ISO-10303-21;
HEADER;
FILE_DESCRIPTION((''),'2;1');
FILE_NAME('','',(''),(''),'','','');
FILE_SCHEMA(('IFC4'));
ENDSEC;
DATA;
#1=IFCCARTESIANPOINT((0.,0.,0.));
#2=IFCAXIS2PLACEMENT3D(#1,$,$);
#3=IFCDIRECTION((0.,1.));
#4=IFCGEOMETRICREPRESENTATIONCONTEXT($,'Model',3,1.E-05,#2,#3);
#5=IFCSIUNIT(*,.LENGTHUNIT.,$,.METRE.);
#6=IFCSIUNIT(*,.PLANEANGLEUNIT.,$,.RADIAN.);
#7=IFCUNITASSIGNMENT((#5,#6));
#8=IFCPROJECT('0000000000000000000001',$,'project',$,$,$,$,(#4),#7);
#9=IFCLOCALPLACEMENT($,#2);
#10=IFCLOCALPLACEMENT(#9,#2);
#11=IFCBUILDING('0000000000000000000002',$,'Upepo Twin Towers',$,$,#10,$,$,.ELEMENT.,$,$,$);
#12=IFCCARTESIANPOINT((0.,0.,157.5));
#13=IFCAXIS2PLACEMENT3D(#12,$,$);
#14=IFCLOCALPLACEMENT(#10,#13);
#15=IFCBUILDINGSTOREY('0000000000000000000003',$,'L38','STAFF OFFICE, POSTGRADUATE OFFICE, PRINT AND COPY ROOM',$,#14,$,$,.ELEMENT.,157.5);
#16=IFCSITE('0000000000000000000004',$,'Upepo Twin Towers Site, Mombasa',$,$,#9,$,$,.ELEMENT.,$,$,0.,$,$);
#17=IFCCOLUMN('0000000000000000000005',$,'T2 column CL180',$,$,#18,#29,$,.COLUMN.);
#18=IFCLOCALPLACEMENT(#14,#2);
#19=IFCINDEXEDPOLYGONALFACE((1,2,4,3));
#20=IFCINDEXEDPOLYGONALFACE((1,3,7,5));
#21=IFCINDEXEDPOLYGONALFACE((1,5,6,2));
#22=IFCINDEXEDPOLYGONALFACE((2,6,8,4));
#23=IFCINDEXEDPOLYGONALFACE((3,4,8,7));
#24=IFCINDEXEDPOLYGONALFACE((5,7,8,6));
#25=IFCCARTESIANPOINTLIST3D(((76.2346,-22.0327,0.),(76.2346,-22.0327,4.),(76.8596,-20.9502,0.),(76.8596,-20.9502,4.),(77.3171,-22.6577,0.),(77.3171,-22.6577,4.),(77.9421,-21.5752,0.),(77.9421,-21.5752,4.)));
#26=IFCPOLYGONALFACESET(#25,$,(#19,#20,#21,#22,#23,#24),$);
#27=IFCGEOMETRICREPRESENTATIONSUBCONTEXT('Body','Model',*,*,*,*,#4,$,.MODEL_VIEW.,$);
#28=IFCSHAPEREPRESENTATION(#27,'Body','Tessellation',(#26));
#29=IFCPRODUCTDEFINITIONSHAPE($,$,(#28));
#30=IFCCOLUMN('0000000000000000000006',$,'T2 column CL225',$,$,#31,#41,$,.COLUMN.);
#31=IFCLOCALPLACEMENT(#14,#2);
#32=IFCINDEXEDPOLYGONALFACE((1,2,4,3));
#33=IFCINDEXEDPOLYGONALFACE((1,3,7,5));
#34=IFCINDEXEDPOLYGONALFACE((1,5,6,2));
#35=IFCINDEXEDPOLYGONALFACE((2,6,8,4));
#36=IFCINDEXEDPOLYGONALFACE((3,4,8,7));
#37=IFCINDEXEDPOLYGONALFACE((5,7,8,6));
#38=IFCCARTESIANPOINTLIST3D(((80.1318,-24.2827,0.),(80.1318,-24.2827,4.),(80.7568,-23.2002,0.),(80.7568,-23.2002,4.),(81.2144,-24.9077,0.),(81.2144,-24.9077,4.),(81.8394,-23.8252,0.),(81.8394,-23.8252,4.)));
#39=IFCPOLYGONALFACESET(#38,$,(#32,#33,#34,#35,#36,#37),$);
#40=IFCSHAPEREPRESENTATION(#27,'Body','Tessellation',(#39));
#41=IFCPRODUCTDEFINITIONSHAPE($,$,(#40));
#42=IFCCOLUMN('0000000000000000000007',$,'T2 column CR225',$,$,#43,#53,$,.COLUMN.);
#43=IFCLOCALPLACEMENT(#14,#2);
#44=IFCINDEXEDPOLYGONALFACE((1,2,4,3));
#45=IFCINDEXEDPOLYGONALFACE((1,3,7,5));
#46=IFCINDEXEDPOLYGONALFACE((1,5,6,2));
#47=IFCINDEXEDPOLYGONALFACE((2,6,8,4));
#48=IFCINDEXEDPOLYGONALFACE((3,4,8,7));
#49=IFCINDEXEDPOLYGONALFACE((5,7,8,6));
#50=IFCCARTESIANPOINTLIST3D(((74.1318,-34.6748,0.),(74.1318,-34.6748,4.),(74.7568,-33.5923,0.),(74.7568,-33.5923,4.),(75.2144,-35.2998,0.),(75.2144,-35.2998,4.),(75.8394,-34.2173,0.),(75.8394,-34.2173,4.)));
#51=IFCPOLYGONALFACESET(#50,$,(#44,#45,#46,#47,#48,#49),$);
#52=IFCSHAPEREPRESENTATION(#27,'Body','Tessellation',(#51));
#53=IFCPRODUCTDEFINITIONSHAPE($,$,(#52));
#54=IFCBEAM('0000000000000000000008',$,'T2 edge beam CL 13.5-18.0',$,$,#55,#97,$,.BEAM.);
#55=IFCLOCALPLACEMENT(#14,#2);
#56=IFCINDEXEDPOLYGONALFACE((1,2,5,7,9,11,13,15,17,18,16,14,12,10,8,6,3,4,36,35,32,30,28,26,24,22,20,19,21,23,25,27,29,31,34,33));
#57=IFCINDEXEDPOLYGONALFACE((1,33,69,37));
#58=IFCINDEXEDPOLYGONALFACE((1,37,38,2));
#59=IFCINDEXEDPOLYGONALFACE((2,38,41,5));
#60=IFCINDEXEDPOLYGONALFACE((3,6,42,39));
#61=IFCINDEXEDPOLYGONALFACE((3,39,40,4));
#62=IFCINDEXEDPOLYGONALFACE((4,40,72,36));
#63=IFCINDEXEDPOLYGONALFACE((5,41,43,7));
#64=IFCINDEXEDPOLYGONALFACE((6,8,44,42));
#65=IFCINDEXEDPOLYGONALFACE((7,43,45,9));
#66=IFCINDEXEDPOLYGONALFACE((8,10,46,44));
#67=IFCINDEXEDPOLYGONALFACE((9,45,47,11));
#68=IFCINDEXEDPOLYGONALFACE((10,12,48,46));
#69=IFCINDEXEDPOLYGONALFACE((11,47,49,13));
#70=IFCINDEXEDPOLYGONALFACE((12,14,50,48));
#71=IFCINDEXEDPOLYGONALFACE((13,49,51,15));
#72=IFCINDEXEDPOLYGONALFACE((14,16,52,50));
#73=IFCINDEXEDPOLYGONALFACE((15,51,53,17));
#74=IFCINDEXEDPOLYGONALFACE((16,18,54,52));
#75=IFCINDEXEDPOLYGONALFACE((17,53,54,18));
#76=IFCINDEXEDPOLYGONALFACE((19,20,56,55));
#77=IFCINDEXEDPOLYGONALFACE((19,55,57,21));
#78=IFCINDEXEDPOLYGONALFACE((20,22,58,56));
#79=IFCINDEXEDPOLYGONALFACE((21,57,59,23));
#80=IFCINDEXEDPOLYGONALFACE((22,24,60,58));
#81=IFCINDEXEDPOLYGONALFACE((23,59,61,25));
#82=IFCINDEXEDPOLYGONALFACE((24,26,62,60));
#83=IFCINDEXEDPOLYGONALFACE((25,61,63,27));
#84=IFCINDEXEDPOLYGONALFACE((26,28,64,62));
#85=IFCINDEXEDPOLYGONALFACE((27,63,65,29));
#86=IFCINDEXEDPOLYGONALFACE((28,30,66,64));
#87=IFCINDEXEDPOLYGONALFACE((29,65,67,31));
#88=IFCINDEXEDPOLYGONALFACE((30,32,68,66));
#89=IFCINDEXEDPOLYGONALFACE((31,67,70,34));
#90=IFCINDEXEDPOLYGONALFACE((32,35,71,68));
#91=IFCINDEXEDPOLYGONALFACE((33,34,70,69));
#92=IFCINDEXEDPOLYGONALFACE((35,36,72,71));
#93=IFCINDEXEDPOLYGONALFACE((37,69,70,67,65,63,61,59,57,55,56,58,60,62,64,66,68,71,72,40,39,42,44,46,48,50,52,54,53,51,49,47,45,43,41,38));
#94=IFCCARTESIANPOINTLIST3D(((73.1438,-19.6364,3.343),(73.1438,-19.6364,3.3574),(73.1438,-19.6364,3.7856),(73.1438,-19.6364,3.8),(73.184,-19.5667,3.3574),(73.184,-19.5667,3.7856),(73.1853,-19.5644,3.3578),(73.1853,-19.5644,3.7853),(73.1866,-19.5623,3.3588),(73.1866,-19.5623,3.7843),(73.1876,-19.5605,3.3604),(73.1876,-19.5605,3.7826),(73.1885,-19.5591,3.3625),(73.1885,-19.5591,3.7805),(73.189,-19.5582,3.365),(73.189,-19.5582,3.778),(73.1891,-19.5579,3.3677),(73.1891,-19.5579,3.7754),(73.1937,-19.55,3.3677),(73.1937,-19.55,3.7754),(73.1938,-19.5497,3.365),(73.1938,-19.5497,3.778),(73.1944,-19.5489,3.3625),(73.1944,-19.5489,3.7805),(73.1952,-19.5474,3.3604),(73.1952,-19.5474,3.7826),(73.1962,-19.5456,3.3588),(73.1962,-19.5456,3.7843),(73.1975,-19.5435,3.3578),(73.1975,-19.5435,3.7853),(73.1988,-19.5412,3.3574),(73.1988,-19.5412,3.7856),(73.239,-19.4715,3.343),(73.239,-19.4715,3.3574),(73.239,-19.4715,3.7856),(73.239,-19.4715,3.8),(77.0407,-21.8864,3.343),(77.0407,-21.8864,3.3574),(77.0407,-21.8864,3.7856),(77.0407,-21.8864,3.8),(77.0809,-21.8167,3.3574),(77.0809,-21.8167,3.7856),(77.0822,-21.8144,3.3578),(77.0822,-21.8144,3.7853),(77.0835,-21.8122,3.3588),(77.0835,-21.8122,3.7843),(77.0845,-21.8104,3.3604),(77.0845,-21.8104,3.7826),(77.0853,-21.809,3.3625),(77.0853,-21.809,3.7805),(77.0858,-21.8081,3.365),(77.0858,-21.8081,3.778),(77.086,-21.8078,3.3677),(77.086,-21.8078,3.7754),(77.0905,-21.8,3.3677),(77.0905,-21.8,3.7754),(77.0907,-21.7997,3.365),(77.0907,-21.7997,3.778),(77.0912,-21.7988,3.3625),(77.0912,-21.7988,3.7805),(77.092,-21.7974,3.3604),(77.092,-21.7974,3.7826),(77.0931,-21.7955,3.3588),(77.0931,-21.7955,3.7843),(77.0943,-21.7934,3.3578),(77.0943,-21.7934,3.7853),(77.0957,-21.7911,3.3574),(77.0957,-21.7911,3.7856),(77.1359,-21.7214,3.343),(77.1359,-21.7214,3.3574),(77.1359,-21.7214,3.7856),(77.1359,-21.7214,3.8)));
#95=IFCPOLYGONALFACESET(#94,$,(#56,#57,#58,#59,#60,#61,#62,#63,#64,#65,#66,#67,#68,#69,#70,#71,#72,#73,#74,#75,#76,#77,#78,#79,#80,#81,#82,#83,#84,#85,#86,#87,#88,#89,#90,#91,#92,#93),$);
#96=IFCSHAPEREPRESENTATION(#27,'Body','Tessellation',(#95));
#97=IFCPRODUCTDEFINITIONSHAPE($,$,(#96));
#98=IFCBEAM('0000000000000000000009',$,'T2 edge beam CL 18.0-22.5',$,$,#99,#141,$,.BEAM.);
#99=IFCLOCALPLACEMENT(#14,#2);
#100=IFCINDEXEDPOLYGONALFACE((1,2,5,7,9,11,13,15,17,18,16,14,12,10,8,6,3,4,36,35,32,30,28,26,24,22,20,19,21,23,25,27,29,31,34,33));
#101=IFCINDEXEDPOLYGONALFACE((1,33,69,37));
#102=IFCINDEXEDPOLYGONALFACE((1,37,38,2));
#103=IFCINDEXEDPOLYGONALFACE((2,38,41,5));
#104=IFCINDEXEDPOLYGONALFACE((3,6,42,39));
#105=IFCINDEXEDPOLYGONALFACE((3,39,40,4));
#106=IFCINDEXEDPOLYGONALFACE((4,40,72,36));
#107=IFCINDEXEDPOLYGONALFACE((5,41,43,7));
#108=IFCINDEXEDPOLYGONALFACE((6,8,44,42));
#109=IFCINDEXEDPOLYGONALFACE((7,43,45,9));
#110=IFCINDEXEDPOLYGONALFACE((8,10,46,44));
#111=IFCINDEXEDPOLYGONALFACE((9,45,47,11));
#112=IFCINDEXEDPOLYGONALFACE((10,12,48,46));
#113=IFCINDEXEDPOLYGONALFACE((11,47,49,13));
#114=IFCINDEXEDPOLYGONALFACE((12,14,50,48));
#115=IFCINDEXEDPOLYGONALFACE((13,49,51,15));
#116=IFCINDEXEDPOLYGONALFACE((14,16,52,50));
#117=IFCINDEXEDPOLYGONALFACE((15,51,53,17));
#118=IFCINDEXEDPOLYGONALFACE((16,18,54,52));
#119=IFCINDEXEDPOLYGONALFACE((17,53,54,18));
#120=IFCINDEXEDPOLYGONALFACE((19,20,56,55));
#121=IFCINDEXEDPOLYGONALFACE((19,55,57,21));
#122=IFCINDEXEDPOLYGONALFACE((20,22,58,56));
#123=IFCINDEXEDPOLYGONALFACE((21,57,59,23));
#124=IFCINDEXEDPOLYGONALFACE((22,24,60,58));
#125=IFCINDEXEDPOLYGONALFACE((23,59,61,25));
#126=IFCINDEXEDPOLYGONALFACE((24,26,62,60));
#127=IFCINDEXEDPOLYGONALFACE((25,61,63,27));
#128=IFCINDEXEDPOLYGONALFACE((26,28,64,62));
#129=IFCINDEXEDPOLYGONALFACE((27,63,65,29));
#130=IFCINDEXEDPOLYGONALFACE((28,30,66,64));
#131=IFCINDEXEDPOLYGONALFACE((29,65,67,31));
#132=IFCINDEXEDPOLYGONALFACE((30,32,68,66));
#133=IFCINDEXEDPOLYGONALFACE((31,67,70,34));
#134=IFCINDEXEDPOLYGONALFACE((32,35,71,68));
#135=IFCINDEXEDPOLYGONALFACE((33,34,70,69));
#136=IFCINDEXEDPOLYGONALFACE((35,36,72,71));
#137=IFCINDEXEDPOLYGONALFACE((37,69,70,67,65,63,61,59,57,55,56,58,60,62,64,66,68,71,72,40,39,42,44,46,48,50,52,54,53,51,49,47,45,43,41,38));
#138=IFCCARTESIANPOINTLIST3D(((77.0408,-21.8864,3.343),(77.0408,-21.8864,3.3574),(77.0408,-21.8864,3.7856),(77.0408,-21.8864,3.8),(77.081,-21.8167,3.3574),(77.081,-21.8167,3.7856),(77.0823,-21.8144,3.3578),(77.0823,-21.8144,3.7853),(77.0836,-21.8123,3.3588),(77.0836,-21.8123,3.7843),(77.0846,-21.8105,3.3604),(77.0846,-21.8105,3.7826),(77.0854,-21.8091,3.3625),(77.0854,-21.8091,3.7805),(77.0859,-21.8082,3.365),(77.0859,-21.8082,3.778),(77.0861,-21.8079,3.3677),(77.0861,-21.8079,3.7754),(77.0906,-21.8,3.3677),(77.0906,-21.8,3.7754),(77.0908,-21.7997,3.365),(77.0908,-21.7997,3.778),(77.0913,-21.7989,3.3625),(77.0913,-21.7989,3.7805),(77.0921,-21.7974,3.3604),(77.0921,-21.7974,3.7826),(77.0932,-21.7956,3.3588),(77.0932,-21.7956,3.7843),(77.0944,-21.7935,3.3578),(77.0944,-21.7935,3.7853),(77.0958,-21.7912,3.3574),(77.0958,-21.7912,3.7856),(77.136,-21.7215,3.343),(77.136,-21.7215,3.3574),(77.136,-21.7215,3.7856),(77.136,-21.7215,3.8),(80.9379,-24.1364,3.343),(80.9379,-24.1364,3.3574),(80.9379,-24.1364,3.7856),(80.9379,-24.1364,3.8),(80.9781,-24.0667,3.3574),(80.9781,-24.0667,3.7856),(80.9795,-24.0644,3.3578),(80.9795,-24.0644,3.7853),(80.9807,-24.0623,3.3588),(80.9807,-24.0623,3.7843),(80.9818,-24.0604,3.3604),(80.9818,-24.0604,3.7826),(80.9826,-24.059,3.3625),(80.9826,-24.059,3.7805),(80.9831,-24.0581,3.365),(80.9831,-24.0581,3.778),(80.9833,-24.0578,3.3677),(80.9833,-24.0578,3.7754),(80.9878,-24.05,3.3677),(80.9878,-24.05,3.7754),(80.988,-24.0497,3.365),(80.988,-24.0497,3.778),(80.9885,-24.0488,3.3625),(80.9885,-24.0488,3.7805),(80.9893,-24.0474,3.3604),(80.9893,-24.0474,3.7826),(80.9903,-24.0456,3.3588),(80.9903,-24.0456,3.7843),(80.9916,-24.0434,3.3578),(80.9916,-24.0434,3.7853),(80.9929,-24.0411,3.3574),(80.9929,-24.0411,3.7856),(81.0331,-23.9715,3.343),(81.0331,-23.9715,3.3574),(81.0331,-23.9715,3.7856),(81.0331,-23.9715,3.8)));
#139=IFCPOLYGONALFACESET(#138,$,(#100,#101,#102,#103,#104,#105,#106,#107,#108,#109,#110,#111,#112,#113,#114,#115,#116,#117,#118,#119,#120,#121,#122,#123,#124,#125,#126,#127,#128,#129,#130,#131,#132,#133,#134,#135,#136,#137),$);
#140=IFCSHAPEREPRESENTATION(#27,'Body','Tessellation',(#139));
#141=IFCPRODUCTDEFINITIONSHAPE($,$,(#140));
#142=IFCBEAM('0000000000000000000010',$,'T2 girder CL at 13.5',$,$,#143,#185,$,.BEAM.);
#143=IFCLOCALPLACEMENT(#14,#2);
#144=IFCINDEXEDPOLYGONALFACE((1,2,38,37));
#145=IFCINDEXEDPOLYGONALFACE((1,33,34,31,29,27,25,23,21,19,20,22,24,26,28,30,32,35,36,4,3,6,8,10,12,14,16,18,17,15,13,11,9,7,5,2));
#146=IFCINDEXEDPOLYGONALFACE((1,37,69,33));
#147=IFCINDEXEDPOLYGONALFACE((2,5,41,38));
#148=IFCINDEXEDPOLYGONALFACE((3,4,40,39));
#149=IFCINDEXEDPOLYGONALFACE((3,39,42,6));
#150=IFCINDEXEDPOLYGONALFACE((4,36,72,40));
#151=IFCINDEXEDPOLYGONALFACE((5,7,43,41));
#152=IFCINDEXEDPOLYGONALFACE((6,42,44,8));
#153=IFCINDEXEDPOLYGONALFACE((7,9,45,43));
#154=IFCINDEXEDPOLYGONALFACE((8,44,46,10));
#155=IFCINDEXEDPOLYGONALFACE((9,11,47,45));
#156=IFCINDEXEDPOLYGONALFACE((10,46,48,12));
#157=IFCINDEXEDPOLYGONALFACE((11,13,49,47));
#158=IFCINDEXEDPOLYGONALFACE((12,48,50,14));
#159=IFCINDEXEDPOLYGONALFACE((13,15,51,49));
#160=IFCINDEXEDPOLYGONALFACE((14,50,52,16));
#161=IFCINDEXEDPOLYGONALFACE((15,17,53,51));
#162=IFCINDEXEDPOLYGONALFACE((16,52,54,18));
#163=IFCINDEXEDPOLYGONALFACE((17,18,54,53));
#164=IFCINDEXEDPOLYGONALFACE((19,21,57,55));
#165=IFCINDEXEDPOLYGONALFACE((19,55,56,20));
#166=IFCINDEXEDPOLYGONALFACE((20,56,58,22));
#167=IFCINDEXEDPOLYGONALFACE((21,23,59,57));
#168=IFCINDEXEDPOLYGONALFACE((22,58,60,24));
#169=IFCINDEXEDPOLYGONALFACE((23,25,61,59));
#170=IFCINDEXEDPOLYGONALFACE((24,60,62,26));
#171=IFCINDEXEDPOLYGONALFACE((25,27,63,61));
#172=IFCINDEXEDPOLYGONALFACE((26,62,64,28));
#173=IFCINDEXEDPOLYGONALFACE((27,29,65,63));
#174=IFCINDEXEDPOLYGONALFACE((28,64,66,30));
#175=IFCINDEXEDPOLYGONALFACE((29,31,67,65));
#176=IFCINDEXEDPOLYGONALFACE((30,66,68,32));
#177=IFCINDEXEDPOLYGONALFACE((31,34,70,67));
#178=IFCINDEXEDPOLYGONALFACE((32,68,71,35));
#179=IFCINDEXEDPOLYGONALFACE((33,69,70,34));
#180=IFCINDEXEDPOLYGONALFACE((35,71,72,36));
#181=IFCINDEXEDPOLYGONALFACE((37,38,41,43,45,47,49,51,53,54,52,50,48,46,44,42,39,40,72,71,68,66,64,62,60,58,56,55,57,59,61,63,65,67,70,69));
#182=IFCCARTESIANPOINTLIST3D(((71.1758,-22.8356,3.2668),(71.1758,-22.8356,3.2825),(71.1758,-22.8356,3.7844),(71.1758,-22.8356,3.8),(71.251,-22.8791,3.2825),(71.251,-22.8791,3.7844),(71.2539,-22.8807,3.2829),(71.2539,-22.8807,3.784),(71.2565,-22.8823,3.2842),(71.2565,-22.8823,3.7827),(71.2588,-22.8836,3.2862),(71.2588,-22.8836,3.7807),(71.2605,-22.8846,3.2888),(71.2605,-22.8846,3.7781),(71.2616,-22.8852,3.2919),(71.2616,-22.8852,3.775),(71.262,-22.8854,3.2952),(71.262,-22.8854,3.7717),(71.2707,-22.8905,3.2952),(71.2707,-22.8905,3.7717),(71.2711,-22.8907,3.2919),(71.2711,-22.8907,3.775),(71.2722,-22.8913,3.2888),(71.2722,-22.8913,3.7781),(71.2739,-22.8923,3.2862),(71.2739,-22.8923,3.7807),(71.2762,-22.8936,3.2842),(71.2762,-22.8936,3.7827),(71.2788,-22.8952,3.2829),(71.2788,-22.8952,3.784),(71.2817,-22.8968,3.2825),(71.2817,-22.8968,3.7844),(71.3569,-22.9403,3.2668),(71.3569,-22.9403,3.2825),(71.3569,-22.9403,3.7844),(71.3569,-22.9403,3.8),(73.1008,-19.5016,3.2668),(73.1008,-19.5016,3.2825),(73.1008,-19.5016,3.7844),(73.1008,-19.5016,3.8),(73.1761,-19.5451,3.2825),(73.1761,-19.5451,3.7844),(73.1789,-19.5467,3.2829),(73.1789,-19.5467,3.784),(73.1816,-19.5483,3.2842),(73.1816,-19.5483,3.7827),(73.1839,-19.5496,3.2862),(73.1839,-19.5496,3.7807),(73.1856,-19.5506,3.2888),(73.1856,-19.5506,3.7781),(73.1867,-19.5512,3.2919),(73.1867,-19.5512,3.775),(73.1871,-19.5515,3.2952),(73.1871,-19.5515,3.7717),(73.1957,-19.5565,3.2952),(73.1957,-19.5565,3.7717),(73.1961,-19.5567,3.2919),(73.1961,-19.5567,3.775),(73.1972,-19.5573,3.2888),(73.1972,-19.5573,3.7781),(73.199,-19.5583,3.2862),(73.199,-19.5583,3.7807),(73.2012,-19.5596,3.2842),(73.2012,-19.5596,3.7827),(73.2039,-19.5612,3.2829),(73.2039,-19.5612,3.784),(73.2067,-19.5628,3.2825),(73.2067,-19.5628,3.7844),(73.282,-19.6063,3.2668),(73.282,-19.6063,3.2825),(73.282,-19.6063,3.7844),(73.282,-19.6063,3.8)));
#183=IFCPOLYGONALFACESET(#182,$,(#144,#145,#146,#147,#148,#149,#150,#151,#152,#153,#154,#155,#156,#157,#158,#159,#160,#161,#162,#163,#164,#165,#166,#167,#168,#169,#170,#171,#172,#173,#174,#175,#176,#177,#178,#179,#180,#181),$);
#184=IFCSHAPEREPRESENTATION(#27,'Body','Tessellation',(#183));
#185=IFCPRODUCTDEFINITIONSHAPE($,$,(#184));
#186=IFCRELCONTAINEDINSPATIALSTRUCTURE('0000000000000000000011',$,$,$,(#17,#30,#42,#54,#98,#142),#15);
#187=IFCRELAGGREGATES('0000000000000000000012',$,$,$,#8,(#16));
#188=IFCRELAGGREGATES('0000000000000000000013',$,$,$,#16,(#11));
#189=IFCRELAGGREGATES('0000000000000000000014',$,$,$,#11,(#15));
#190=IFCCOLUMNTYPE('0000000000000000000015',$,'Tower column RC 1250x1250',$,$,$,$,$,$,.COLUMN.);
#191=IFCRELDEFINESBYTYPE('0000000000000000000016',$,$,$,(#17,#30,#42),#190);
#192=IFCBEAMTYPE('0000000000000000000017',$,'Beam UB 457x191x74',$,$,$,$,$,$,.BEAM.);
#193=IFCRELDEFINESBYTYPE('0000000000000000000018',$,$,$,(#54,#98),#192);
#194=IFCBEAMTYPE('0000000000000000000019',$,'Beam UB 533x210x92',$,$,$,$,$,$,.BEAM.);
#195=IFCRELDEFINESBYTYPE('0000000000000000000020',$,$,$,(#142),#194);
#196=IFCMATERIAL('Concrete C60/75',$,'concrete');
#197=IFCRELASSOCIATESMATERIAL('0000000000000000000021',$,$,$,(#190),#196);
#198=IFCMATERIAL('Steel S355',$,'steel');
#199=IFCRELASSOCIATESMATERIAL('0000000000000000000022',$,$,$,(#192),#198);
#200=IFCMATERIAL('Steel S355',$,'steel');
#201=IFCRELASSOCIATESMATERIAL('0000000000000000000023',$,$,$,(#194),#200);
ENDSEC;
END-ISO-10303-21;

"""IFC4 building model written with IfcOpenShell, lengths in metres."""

from ifc_helpers import new_model, si_unit, direction, frame, origin, origin_2d, place, context, subcontext, project, spatial, rectangle, i_section, extrude, material, material_profile, profile_set, type_object, element, save


model = new_model("IFC4")

# Units and contexts
model_context = context("Model", 3, precision=1e-05, world=origin(), true_north=direction((0.0, 1.0)))
body_context = subcontext(model_context, "Body", "Model", "MODEL_VIEW")
ifc_project = project(units=[si_unit("LENGTHUNIT", "METRE"), si_unit("PLANEANGLEUNIT", "RADIAN")], contexts=[model_context])

# Site, building, storey
site_placement = place(None, origin())
site = spatial("IfcSite", under=ifc_project, at=site_placement, Name="Upepo Twin Towers Site, Mombasa", CompositionType="ELEMENT", RefElevation=0.0)
building_placement = place(site_placement, origin())
building = spatial("IfcBuilding", under=site, at=building_placement, Name="Upepo Twin Towers", CompositionType="ELEMENT")
storey_placement = place(building_placement, frame((0.0, 0.0, 157.5)))
storey = spatial("IfcBuildingStorey", under=building, at=storey_placement, Name="L38", Description="STAFF OFFICE, POSTGRADUATE OFFICE, PRINT AND COPY ROOM", CompositionType="ELEMENT", Elevation=157.5)

# Columns
ifc_material_1 = material(Name="Concrete C60/75", Category="concrete")
ifc_material_profile_1 = material_profile(ifc_material_1, rectangle(XDim=1.25, YDim=1.25, at=origin_2d()), Name="RC 1250x1250")
ifc_profile_set_1 = profile_set([ifc_material_profile_1], Name="Concrete C60/75")
column_type = type_object("IfcColumnType", Name="Tower column RC 1250x1250", PredefinedType="COLUMN", material=ifc_profile_set_1)
for number, where, z_axis, x_axis, name in (
    (1, (77.0884, -21.804, 0.0), (0.0, 0.0, 1.0), (0.5, 0.866025, 0.0), "T2 column CL180"),
    (2, (80.9856, -24.054, 0.0), (0.0, 0.0, 1.0), (0.5, 0.866025, 0.0), "T2 column CL225"),
    (3, (74.9856, -34.446, 0.0), (0.0, 0.0, 1.0), (0.5, 0.866025, 0.0), "T2 column CR225"),
):
    element("IfcColumn", number, at=place(storey_placement, frame(where, z_axis=z_axis, x_axis=x_axis)), inside=storey, type_object=column_type, Name=name, PredefinedType="COLUMN", context=body_context, shape_type="SweptSolid", body=[
        extrude(rectangle(XDim=1.25, YDim=1.25, at=origin_2d()), origin(), (0.0, 0.0, 1.0), 4.0),
    ])

# Beams
ifc_material_2 = material(Name="Steel S355", Category="steel")
ifc_material_profile_2 = material_profile(ifc_material_2, i_section(OverallWidth=0.1904, OverallDepth=0.457, WebThickness=0.009, FlangeThickness=0.0144, FilletRadius=0.0103, at=origin_2d()), Name="UB 457x191x74")
ifc_profile_set_2 = profile_set([ifc_material_profile_2], Name="Steel S355")
beam_type_1 = type_object("IfcBeamType", Name="Beam UB 457x191x74", PredefinedType="BEAM", material=ifc_profile_set_2)
beam_1_placement = place(storey_placement, frame((73.1914, -19.554, 3.5715), z_axis=(0.866018, -0.500014, 0.0), x_axis=(0.500014, 0.866018, 0.0)))
element("IfcBeam", 4, at=beam_1_placement, inside=storey, type_object=beam_type_1, Name="T2 edge beam CL 13.5-18.0", PredefinedType="BEAM", context=body_context, shape_type="SweptSolid", body=[
    extrude(i_section(OverallWidth=0.1904, OverallDepth=0.457, WebThickness=0.009, FlangeThickness=0.0144, FilletRadius=0.0103, at=origin_2d()), origin(), (0.0, 0.0, 1.0), 4.4998),
])
beam_2_placement = place(storey_placement, frame((77.0884, -21.804, 3.5715), z_axis=(0.866031, -0.49999, 0.0), x_axis=(0.49999, 0.866031, 0.0)))
element("IfcBeam", 5, at=beam_2_placement, inside=storey, type_object=beam_type_1, Name="T2 edge beam CL 18.0-22.5", PredefinedType="BEAM", context=body_context, shape_type="SweptSolid", body=[
    extrude(i_section(OverallWidth=0.1904, OverallDepth=0.457, WebThickness=0.009, FlangeThickness=0.0144, FilletRadius=0.0103, at=origin_2d()), origin(), (0.0, 0.0, 1.0), 4.5),
])
ifc_material_3 = material(Name="Steel S355", Category="steel")
ifc_material_profile_3 = material_profile(ifc_material_3, i_section(OverallWidth=0.2092, OverallDepth=0.5332, WebThickness=0.01, FlangeThickness=0.0156, FilletRadius=0.0127, at=origin_2d()), Name="UB 533x210x92")
ifc_profile_set_3 = profile_set([ifc_material_profile_3], Name="Steel S355")
beam_type_2 = type_object("IfcBeamType", Name="Beam UB 533x210x92", PredefinedType="BEAM", material=ifc_profile_set_3)
beam_3_placement = place(storey_placement, frame((73.1914, -19.554, 3.5334), z_axis=(-0.500034, -0.866006, 0.0), x_axis=(0.866006, -0.500034, 0.0)))
element("IfcBeam", 6, at=beam_3_placement, inside=storey, type_object=beam_type_2, Name="T2 girder CL at 13.5", PredefinedType="BEAM", context=body_context, shape_type="SweptSolid", body=[
    extrude(i_section(OverallWidth=0.2092, OverallDepth=0.5332, WebThickness=0.01, FlangeThickness=0.0156, FilletRadius=0.0127, at=origin_2d()), origin(), (0.0, 0.0, 1.0), 3.8499),
])

save(model, "model.ifc")
